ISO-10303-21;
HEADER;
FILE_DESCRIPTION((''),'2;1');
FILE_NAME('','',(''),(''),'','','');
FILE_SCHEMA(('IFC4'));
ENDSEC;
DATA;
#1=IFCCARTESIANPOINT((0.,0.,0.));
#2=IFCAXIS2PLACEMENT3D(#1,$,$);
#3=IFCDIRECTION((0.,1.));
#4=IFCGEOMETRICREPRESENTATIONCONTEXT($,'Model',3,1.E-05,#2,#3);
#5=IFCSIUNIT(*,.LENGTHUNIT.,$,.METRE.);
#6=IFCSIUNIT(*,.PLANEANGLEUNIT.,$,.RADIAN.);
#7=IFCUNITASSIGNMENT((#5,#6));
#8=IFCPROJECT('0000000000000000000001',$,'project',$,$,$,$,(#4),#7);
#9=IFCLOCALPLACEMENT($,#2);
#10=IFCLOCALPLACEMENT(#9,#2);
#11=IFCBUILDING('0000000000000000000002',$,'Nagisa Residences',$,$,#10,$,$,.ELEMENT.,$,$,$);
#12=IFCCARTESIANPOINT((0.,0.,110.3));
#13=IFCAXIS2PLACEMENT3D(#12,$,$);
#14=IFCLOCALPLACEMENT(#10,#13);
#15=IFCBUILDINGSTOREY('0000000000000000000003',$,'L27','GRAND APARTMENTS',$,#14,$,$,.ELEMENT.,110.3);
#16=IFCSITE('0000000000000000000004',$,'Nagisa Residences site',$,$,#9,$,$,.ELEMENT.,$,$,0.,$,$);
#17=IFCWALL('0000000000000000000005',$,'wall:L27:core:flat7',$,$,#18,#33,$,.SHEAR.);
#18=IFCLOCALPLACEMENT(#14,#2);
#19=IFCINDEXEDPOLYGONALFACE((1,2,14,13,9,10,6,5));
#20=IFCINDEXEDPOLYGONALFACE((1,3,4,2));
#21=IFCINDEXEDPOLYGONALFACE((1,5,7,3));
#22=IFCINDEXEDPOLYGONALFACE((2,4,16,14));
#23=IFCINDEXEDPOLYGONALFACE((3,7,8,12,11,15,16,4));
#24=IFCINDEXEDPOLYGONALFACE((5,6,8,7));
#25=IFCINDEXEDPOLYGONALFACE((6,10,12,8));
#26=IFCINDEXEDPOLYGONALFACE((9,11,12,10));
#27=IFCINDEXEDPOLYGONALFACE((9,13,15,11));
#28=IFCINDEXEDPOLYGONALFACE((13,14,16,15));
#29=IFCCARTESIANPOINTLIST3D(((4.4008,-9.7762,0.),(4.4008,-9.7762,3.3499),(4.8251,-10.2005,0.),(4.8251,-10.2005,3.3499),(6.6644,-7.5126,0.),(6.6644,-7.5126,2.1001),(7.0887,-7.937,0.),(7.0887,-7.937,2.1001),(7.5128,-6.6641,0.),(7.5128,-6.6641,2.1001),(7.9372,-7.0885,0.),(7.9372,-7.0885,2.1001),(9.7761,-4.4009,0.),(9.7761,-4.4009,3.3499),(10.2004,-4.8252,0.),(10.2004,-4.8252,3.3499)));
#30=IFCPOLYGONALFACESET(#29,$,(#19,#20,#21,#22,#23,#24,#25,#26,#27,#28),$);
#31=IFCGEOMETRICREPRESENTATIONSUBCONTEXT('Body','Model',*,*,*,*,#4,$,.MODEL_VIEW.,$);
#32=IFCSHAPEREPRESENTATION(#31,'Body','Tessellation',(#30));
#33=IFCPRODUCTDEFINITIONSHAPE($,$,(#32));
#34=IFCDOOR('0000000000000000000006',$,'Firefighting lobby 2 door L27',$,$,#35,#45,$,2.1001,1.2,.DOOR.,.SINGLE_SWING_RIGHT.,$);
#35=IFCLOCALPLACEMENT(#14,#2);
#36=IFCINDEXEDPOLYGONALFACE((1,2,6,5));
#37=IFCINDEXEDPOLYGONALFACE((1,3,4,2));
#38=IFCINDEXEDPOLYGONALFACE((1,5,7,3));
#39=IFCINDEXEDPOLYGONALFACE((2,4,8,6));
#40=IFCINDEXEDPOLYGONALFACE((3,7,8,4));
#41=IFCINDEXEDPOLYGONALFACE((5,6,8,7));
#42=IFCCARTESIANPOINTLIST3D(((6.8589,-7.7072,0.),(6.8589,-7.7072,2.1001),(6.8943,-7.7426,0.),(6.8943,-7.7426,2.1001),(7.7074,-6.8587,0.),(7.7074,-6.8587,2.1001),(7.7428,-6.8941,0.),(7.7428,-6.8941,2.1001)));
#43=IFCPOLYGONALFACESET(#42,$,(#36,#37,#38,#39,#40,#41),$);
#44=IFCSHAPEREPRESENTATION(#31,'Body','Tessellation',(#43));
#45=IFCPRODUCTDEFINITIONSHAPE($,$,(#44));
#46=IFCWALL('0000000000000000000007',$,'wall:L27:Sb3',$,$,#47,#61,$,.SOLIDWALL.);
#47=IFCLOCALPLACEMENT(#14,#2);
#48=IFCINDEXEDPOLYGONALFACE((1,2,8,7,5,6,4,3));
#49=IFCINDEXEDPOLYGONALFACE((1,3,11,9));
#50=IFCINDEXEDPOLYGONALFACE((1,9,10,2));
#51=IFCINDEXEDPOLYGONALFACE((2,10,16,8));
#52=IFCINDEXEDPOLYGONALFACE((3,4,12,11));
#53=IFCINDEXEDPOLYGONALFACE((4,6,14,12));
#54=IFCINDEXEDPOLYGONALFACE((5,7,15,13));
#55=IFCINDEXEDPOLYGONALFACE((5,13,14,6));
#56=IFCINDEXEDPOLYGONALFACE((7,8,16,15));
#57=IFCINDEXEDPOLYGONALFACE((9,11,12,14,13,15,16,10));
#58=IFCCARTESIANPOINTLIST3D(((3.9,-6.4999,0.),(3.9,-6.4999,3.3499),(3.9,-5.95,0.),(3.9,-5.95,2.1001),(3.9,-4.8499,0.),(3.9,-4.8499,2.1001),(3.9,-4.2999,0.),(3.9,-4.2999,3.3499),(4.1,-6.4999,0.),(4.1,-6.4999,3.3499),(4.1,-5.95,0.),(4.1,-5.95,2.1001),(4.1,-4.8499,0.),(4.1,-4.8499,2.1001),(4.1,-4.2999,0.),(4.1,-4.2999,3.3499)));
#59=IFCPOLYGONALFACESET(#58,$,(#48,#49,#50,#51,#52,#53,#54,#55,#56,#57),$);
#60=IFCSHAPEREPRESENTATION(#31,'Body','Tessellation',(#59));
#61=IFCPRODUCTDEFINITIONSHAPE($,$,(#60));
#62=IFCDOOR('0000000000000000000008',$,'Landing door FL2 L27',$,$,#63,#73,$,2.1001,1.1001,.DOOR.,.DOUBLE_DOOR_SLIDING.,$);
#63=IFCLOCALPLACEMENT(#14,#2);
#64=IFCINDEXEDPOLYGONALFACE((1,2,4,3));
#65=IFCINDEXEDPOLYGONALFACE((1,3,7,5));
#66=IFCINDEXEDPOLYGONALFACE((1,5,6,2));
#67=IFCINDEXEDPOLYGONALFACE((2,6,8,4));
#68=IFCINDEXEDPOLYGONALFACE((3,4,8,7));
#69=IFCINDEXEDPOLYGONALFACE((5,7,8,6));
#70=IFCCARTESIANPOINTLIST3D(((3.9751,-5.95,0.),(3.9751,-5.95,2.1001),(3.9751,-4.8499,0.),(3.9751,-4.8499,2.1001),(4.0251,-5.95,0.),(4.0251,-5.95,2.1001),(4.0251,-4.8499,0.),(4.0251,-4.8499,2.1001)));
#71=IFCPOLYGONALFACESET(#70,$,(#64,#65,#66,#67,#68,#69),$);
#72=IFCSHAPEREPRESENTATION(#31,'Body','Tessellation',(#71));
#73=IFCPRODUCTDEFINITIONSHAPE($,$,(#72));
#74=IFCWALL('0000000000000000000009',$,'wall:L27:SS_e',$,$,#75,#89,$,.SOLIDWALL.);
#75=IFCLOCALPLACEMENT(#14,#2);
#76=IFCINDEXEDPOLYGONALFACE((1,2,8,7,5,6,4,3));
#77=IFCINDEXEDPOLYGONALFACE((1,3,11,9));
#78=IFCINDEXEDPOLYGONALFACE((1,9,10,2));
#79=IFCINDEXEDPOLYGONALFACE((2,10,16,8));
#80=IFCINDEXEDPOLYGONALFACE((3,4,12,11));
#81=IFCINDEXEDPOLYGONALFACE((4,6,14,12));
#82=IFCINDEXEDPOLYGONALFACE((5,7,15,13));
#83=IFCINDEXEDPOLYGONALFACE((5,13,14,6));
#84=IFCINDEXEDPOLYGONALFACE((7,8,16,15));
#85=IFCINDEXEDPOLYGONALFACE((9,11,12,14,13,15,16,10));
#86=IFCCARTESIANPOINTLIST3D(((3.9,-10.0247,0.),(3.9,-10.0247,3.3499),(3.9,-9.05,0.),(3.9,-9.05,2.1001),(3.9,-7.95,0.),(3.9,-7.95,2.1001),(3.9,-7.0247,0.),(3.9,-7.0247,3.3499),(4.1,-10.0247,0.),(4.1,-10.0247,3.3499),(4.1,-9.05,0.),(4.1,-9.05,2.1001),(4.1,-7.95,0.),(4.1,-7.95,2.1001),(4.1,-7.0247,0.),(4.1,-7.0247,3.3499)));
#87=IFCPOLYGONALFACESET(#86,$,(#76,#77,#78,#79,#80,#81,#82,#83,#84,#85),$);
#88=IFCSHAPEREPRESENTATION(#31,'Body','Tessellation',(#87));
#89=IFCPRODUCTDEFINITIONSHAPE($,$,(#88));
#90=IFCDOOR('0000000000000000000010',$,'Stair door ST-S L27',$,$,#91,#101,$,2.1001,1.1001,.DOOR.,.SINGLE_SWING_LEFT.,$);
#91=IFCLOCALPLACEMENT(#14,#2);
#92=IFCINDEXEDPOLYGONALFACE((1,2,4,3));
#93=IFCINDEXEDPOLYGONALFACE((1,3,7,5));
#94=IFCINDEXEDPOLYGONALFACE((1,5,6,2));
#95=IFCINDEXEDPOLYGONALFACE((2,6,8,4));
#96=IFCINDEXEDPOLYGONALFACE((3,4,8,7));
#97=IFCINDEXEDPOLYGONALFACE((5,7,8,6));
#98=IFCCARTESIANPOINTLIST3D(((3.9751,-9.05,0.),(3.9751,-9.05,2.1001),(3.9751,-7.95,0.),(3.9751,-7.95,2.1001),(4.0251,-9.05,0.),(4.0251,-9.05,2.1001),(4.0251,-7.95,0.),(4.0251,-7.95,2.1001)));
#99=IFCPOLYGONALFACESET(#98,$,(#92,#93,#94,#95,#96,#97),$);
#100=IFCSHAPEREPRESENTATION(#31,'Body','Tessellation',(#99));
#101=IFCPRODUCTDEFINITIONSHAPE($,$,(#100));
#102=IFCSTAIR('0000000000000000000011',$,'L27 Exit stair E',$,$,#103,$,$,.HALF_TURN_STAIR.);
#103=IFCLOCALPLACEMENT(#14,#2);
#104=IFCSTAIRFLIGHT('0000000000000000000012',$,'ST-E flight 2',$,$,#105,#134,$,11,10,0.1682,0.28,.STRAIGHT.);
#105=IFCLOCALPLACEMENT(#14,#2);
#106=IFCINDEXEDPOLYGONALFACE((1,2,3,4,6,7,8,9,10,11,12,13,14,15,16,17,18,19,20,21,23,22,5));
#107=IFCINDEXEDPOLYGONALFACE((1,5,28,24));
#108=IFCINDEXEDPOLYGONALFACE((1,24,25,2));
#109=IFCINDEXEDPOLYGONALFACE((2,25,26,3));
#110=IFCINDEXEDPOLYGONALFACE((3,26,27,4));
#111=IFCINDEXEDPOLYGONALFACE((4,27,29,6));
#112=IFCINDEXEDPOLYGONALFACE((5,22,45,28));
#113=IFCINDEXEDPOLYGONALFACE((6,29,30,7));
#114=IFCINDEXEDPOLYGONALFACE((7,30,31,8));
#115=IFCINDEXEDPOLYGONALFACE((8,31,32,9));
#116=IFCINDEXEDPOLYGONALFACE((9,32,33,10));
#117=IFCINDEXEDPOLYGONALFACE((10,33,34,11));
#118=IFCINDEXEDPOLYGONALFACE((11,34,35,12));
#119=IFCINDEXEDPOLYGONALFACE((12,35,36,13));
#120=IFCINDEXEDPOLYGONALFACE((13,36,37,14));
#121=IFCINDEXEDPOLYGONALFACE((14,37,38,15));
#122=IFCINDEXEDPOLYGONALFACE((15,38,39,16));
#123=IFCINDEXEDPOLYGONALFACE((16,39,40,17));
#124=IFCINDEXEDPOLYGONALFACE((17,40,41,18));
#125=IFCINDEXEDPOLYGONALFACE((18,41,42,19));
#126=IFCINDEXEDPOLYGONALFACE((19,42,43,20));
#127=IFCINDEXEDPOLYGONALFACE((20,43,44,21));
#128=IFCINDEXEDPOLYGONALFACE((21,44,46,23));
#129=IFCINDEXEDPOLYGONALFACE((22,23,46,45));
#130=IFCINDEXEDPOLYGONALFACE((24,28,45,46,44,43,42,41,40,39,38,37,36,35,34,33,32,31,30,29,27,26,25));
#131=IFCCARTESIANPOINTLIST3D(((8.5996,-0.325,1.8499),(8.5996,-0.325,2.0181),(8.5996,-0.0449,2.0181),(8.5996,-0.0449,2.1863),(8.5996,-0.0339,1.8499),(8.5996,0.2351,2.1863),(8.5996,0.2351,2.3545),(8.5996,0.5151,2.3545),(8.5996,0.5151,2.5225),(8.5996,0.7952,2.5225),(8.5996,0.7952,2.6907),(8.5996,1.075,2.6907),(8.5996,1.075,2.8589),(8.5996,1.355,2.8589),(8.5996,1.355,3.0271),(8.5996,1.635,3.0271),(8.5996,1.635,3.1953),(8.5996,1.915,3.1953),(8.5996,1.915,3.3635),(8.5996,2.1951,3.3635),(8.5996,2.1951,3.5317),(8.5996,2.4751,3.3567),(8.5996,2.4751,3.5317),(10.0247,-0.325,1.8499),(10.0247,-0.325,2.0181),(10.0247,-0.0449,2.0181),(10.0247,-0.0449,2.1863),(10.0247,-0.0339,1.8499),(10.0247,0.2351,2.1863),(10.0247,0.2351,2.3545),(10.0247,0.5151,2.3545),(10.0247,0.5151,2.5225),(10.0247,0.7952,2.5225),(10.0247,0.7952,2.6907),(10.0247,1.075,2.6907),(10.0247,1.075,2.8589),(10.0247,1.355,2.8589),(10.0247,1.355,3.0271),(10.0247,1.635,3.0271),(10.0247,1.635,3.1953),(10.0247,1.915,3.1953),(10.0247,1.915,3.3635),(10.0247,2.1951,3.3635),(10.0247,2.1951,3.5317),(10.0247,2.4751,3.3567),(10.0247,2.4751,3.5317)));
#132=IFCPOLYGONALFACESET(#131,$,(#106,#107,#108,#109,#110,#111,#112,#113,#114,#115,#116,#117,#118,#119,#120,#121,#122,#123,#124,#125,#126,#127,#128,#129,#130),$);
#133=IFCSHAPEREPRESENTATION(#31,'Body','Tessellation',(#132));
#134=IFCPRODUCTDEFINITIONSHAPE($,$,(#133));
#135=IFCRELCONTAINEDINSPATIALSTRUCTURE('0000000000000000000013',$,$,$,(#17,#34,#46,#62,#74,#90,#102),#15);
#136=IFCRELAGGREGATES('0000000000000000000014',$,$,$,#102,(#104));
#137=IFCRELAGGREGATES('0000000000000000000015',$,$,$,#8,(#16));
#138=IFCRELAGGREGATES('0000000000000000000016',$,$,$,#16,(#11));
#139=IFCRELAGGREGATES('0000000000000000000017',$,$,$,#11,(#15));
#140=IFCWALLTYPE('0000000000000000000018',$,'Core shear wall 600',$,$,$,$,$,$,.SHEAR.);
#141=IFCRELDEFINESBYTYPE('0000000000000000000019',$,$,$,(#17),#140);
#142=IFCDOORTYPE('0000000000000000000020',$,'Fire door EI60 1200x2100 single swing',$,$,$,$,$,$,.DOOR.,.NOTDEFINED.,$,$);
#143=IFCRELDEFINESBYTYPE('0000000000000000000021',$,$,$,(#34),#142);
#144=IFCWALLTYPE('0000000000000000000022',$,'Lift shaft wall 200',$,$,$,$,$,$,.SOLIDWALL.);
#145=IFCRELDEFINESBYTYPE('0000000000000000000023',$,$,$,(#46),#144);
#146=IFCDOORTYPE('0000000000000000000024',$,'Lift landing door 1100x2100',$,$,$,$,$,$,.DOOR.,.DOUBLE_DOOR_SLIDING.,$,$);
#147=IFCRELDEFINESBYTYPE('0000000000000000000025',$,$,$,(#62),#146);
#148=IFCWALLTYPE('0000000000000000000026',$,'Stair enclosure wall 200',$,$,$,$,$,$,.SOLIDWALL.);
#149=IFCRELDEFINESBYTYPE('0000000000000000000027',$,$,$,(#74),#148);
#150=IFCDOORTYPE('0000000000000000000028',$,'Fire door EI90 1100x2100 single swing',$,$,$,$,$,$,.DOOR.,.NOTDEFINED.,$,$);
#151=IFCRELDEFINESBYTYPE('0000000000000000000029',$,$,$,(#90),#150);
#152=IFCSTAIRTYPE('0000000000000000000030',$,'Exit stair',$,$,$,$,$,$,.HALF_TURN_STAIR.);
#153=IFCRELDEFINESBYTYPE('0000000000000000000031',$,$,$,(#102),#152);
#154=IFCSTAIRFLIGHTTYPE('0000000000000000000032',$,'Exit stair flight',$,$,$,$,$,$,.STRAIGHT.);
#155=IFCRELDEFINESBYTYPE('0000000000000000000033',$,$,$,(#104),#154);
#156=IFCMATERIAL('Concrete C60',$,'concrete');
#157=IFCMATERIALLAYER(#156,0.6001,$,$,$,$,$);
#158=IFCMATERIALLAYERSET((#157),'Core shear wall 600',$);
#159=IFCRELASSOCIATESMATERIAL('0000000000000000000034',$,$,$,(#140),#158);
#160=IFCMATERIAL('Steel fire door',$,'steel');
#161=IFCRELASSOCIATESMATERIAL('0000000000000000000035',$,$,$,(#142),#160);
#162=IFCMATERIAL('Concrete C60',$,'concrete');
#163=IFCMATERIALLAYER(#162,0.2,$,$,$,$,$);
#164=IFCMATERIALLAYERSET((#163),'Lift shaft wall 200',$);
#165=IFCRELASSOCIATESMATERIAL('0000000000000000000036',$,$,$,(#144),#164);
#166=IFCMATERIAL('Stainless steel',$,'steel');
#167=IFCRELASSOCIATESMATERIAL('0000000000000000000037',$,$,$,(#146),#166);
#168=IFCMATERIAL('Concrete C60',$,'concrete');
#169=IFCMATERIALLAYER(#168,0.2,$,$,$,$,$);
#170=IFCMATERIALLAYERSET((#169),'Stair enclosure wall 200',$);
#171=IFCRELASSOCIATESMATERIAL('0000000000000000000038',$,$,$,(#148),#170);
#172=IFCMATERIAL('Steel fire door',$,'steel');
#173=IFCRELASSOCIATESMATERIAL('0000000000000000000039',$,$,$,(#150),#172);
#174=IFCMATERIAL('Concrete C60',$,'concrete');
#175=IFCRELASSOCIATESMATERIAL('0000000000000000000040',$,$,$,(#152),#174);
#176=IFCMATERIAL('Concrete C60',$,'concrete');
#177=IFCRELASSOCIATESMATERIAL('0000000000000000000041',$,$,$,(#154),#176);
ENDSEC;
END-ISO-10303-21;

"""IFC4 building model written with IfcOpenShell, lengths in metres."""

from ifc_helpers import new_model, si_unit, direction, frame, frame_2d, origin, place, context, subcontext, project, spatial, polyline, rectangle, outline, extrude, material, layer, layer_set, type_object, element, fill, aggregate, save


model = new_model("IFC4")

# Units and contexts
model_context = context("Model", 3, precision=1e-05, world=origin(), true_north=direction((0.0, 1.0)))
body_context = subcontext(model_context, "Body", "Model", "MODEL_VIEW")
ifc_project = project(units=[si_unit("LENGTHUNIT", "METRE"), si_unit("PLANEANGLEUNIT", "RADIAN")], contexts=[model_context])

# Site, building, storey
site_placement = place(None, origin())
site = spatial("IfcSite", under=ifc_project, at=site_placement, Name="Nagisa Residences site", CompositionType="ELEMENT", RefElevation=0.0)
building_placement = place(site_placement, origin())
building = spatial("IfcBuilding", under=site, at=building_placement, Name="Nagisa Residences", CompositionType="ELEMENT")
storey_placement = place(building_placement, frame((0.0, 0.0, 110.3)))
storey = spatial("IfcBuildingStorey", under=building, at=storey_placement, Name="L27", Description="GRAND APARTMENTS", CompositionType="ELEMENT", Elevation=110.3)

# Walls, openings, doors
ifc_material_1 = material(Name="Concrete C60", Category="concrete")
ifc_layer_1 = layer(ifc_material_1, 0.6001)
ifc_layer_set_1 = layer_set([ifc_layer_1], Name="Core shear wall 600")
wall_type_1 = type_object("IfcWallType", Name="Core shear wall 600", PredefinedType="SHEAR", material=ifc_layer_set_1)
wall_1_placement = place(storey_placement, frame((4.613, -9.9883, 0.0), z_axis=(0.0, 0.0, 1.0), x_axis=(0.707107, 0.707107, 0.0)))
wall_1 = element("IfcWall", 1, at=wall_1_placement, inside=storey, type_object=wall_type_1, Name="wall:L27:core:flat7", PredefinedType="SHEAR", context=body_context, shape_type="SweptSolid", body=[
    extrude(rectangle(XDim=7.6018, YDim=0.6001, at=frame_2d((3.8008, 0.0))), origin(), (0.0, 0.0, 1.0), 3.3499),
])
opening_1_placement = place(wall_1_placement, frame((3.2009, 0.0, 0.0)))
opening_1 = element("IfcOpeningElement", 2, at=opening_1_placement, cuts=wall_1, PredefinedType="OPENING", context=body_context, shape_type="SweptSolid", body=[
    extrude(rectangle(XDim=1.2, YDim=2.1001, at=frame_2d((0.6001, 1.05))), frame((0.0, 0.3101, 0.0), z_axis=(0.0, -1.0, 0.0), x_axis=(1.0, 0.0, 0.0)), (0.0, 0.0, 1.0), 0.6201),
])
ifc_material_2 = material(Name="Steel fire door", Category="steel")
door_type_1 = type_object("IfcDoorType", Name="Fire door EI60 1200x2100 single swing", OperationType="NOTDEFINED", PredefinedType="DOOR", material=ifc_material_2)
door_1_placement = place(opening_1_placement, origin())
door_1 = element("IfcDoor", 3, at=door_1_placement, inside=storey, type_object=door_type_1, Name="Firefighting lobby 2 door L27", OperationType="SINGLE_SWING_RIGHT", OverallHeight=2.1001, OverallWidth=1.2, PredefinedType="DOOR", context=body_context, shape_type="SweptSolid", body=[
    extrude(rectangle(XDim=1.2, YDim=2.1001, at=frame_2d((0.6001, 1.05))), frame((0.0, 0.0249, 0.0), z_axis=(0.0, -1.0, 0.0), x_axis=(1.0, 0.0, 0.0)), (0.0, 0.0, 1.0), 0.05),
])
fill(opening_1, door_1)
ifc_material_3 = material(Name="Concrete C60", Category="concrete")
ifc_layer_2 = layer(ifc_material_3, 0.2)
ifc_layer_set_2 = layer_set([ifc_layer_2], Name="Lift shaft wall 200")
wall_type_2 = type_object("IfcWallType", Name="Lift shaft wall 200", PredefinedType="SOLIDWALL", material=ifc_layer_set_2)
wall_2_placement = place(storey_placement, frame((4.0, -6.5, 0.0), z_axis=(0.0, 0.0, 1.0), x_axis=(0.0, 1.0, 0.0)))
wall_2 = element("IfcWall", 4, at=wall_2_placement, inside=storey, type_object=wall_type_2, Name="wall:L27:Sb3", PredefinedType="SOLIDWALL", context=body_context, shape_type="SweptSolid", body=[
    extrude(rectangle(XDim=2.2, YDim=0.2, at=frame_2d((1.1001, 0.0))), origin(), (0.0, 0.0, 1.0), 3.3499),
])
opening_2_placement = place(wall_2_placement, frame((0.55, 0.0, 0.0)))
opening_2 = element("IfcOpeningElement", 5, at=opening_2_placement, cuts=wall_2, PredefinedType="OPENING", context=body_context, shape_type="SweptSolid", body=[
    extrude(rectangle(XDim=1.1001, YDim=2.1001, at=frame_2d((0.55, 1.05))), frame((0.0, 0.1099, 0.0), z_axis=(0.0, -1.0, 0.0), x_axis=(1.0, 0.0, 0.0)), (0.0, 0.0, 1.0), 0.22),
])
ifc_material_4 = material(Name="Stainless steel", Category="steel")
door_type_2 = type_object("IfcDoorType", Name="Lift landing door 1100x2100", OperationType="DOUBLE_DOOR_SLIDING", PredefinedType="DOOR", material=ifc_material_4)
door_2_placement = place(opening_2_placement, origin())
door_2 = element("IfcDoor", 6, at=door_2_placement, inside=storey, type_object=door_type_2, Name="Landing door FL2 L27", OperationType="DOUBLE_DOOR_SLIDING", OverallHeight=2.1001, OverallWidth=1.1001, PredefinedType="DOOR", context=body_context, shape_type="SweptSolid", body=[
    extrude(rectangle(XDim=1.1001, YDim=2.1001, at=frame_2d((0.55, 1.05))), frame((0.0, 0.0249, 0.0), z_axis=(0.0, -1.0, 0.0), x_axis=(1.0, 0.0, 0.0)), (0.0, 0.0, 1.0), 0.05),
])
fill(opening_2, door_2)
ifc_material_5 = material(Name="Concrete C60", Category="concrete")
ifc_layer_3 = layer(ifc_material_5, 0.2)
ifc_layer_set_3 = layer_set([ifc_layer_3], Name="Stair enclosure wall 200")
wall_type_3 = type_object("IfcWallType", Name="Stair enclosure wall 200", PredefinedType="SOLIDWALL", material=ifc_layer_set_3)
wall_3_placement = place(storey_placement, frame((4.0, -10.0247, 0.0), z_axis=(0.0, 0.0, 1.0), x_axis=(0.0, 1.0, 0.0)))
wall_3 = element("IfcWall", 7, at=wall_3_placement, inside=storey, type_object=wall_type_3, Name="wall:L27:SS_e", PredefinedType="SOLIDWALL", context=body_context, shape_type="SweptSolid", body=[
    extrude(rectangle(XDim=3.0, YDim=0.2, at=frame_2d((1.5, 0.0))), origin(), (0.0, 0.0, 1.0), 3.3499),
])
opening_3_placement = place(wall_3_placement, frame((0.9746, 0.0, 0.0)))
opening_3 = element("IfcOpeningElement", 8, at=opening_3_placement, cuts=wall_3, PredefinedType="OPENING", context=body_context, shape_type="SweptSolid", body=[
    extrude(rectangle(XDim=1.1001, YDim=2.1001, at=frame_2d((0.55, 1.05))), frame((0.0, 0.1099, 0.0), z_axis=(0.0, -1.0, 0.0), x_axis=(1.0, 0.0, 0.0)), (0.0, 0.0, 1.0), 0.22),
])
ifc_material_6 = material(Name="Steel fire door", Category="steel")
door_type_3 = type_object("IfcDoorType", Name="Fire door EI90 1100x2100 single swing", OperationType="NOTDEFINED", PredefinedType="DOOR", material=ifc_material_6)
door_3_placement = place(opening_3_placement, origin())
door_3 = element("IfcDoor", 9, at=door_3_placement, inside=storey, type_object=door_type_3, Name="Stair door ST-S L27", OperationType="SINGLE_SWING_LEFT", OverallHeight=2.1001, OverallWidth=1.1001, PredefinedType="DOOR", context=body_context, shape_type="SweptSolid", body=[
    extrude(rectangle(XDim=1.1001, YDim=2.1001, at=frame_2d((0.55, 1.05))), frame((0.0, 0.0249, 0.0), z_axis=(0.0, -1.0, 0.0), x_axis=(1.0, 0.0, 0.0)), (0.0, 0.0, 1.0), 0.05),
])
fill(opening_3, door_3)

# Stair, stair flight
ifc_material_7 = material(Name="Concrete C60", Category="concrete")
stair_type = type_object("IfcStairType", Name="Exit stair", PredefinedType="HALF_TURN_STAIR", material=ifc_material_7)
stair_placement = place(storey_placement, origin())
stair = element("IfcStair", 10, at=stair_placement, inside=storey, type_object=stair_type, Name="L27 Exit stair E", PredefinedType="HALF_TURN_STAIR")
ifc_material_8 = material(Name="Concrete C60", Category="concrete")
stair_flight_type = type_object("IfcStairFlightType", Name="Exit stair flight", PredefinedType="STRAIGHT", material=ifc_material_8)
stair_flight_placement = place(storey_placement, frame((9.312, -0.325, 1.8499), z_axis=(0.0, 0.0, 1.0), x_axis=(0.0, 1.0, 0.0)))
stair_flight = element("IfcStairFlight", 11, at=stair_flight_placement, type_object=stair_flight_type, Name="ST-E flight 2", NumberOfRisers=11, NumberOfTreads=10, PredefinedType="STRAIGHT", RiserHeight=0.1682, TreadLength=0.28, context=body_context, shape_type="SweptSolid", body=[
    extrude(outline(polyline([(0.0, 0.0), (0.0, 0.1682), (0.28, 0.1682), (0.28, 0.3364), (0.5601, 0.3364), (0.5601, 0.5046), (0.8401, 0.5046), (0.8401, 0.6726), (1.1201, 0.6726), (1.1201, 0.8408), (1.3999, 0.8408), (1.3999, 1.009), (1.6799, 1.009), (1.6799, 1.1772), (1.96, 1.1772), (1.96, 1.3455), (2.24, 1.3455), (2.24, 1.5137), (2.52, 1.5137), (2.52, 1.6819), (2.8, 1.6819), (2.8, 1.8501), (2.8, 1.5068), (0.291, 0.0), (0.0, 0.0)])), frame((0.0, 0.7124, 0.0), z_axis=(0.0, -1.0, 0.0), x_axis=(1.0, 0.0, 0.0)), (0.0, 0.0, 1.0), 1.425),
])
aggregate(stair, [stair_flight])

save(model, "model.ifc")
